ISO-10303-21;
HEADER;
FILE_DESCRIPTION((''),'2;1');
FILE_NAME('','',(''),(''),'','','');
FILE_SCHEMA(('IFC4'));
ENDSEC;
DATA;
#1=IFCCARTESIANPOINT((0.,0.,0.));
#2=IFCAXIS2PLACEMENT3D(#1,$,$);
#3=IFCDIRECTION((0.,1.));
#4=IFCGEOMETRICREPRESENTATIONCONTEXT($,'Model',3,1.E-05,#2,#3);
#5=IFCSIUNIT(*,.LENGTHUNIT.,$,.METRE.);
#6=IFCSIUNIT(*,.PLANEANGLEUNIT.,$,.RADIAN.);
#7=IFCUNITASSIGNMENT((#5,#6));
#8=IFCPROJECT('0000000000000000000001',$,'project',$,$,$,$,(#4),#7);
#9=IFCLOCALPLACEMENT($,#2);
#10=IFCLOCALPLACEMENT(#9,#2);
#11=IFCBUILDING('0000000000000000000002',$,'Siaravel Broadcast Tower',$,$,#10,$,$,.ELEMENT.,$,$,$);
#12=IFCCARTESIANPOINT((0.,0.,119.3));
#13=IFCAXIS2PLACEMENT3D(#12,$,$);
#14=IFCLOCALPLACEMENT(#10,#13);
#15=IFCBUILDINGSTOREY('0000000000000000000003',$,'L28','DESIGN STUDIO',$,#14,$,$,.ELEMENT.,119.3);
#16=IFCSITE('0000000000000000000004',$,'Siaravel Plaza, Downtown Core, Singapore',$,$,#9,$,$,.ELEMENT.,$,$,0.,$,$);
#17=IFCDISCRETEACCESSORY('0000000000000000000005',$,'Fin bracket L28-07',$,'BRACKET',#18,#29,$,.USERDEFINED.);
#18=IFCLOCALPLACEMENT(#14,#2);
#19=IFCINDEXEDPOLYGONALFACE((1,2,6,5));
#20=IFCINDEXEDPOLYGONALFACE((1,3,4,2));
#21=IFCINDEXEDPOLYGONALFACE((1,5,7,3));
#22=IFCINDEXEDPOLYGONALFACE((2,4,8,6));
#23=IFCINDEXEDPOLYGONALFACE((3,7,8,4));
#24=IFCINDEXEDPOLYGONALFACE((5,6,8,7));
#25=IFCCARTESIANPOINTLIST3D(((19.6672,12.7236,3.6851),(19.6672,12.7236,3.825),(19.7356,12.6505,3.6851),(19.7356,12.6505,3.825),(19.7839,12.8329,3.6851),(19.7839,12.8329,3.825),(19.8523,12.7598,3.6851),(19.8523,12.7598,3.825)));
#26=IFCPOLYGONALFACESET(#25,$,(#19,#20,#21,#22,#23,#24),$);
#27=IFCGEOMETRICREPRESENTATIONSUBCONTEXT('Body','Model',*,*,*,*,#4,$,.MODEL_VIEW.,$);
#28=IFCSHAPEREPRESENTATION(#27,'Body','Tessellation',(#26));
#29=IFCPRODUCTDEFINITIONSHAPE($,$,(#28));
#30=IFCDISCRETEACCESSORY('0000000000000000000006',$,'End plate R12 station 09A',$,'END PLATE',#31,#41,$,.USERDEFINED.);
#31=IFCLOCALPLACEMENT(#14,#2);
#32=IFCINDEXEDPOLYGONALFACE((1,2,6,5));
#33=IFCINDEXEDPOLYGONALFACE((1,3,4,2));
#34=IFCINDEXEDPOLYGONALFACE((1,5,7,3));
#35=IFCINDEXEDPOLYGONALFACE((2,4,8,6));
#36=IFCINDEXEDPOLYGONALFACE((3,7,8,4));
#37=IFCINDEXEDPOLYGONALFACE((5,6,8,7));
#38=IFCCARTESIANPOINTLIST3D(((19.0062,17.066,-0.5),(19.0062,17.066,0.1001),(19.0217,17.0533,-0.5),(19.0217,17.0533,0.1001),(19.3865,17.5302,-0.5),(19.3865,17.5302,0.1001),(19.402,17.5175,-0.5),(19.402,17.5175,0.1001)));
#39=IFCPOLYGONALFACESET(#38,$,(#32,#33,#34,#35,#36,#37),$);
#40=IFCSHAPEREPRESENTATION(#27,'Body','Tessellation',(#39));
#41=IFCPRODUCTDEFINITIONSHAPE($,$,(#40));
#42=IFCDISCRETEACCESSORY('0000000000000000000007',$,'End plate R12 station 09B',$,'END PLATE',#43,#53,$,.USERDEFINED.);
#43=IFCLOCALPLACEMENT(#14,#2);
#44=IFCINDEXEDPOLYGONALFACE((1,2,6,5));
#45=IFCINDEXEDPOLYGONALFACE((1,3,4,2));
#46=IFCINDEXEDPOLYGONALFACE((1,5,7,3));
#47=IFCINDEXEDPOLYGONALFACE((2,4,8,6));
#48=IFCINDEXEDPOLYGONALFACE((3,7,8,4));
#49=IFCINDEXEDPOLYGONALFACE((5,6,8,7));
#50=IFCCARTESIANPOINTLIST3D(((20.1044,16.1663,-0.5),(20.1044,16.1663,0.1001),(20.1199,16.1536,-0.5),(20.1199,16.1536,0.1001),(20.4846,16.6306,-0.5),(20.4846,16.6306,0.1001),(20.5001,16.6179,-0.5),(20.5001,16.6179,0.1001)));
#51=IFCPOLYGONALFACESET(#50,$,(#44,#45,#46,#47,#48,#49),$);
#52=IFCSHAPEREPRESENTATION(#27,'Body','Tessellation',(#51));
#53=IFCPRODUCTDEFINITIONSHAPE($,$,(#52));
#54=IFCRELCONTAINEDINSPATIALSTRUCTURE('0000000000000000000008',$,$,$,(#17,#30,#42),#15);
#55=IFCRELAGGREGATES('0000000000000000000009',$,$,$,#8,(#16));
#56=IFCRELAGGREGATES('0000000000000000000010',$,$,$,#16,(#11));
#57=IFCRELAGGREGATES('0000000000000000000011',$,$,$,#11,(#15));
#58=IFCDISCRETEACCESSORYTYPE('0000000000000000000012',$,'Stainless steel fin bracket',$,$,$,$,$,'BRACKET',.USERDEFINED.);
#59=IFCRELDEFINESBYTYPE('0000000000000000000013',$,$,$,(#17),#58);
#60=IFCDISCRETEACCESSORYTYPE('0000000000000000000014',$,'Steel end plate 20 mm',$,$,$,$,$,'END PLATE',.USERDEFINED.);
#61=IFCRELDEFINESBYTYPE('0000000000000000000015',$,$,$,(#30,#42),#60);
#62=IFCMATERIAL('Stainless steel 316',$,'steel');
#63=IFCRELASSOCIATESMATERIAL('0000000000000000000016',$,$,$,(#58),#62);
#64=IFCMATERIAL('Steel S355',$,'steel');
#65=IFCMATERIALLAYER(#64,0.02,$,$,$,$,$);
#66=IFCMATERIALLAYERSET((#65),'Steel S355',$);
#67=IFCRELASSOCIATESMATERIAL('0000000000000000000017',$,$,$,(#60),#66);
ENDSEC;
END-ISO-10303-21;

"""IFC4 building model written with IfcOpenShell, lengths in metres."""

from ifc_helpers import new_model, si_unit, direction, frame, origin, origin_2d, place, context, subcontext, project, spatial, rectangle, extrude, material, layer, layer_set, type_object, element, save


model = new_model("IFC4")

# Units and contexts
model_context = context("Model", 3, precision=1e-05, world=origin(), true_north=direction((0.0, 1.0)))
body_context = subcontext(model_context, "Body", "Model", "MODEL_VIEW")
ifc_project = project(units=[si_unit("LENGTHUNIT", "METRE"), si_unit("PLANEANGLEUNIT", "RADIAN")], contexts=[model_context])

# Site, building, storey
site_placement = place(None, origin())
site = spatial("IfcSite", under=ifc_project, at=site_placement, Name="Siaravel Plaza, Downtown Core, Singapore", CompositionType="ELEMENT", RefElevation=0.0)
building_placement = place(site_placement, origin())
building = spatial("IfcBuilding", under=site, at=building_placement, Name="Siaravel Broadcast Tower", CompositionType="ELEMENT")
storey_placement = place(building_placement, frame((0.0, 0.0, 119.3)))
storey = spatial("IfcBuildingStorey", under=building, at=storey_placement, Name="L28", Description="DESIGN STUDIO", CompositionType="ELEMENT", Elevation=119.3)

# Shared definitions
ifc_material_1 = material(Name="Steel S355", Category="steel")

# Discrete accessories
ifc_material_2 = material(Name="Stainless steel 316", Category="steel")
discrete_accessory_type_1 = type_object("IfcDiscreteAccessoryType", Name="Stainless steel fin bracket", ElementType="BRACKET", PredefinedType="USERDEFINED", material=ifc_material_2)
discrete_accessory_placement = place(storey_placement, frame((19.7598, 12.7417, 3.6851), z_axis=(0.0, 0.0, 1.0), x_axis=(0.729806, 0.683655, 0.0)))
element("IfcDiscreteAccessory", 1, at=discrete_accessory_placement, inside=storey, type_object=discrete_accessory_type_1, Name="Fin bracket L28-07", ObjectType="BRACKET", PredefinedType="USERDEFINED", context=body_context, shape_type="SweptSolid", body=[
    extrude(rectangle(XDim=0.1599, YDim=0.1001, at=origin_2d()), origin(), (0.0, 0.0, 1.0), 0.1399),
])
ifc_layer_1 = layer(ifc_material_1, 0.02)
ifc_layer_set_1 = layer_set([ifc_layer_1], Name="Steel S355")
discrete_accessory_type_2 = type_object("IfcDiscreteAccessoryType", Name="Steel end plate 20 mm", ElementType="END PLATE", PredefinedType="USERDEFINED", material=ifc_layer_set_1)
for number, where, z_axis, x_axis, name in (
    (2, (19.2041, 17.2917, -0.5), (0.0, 0.0, 1.0), (-0.773605, 0.633669, 0.0), "End plate R12 station 09A"),
    (3, (20.3022, 16.3921, -0.5), (0.0, 0.0, 1.0), (-0.773605, 0.633669, 0.0), "End plate R12 station 09B"),
):
    element("IfcDiscreteAccessory", number, at=place(storey_placement, frame(where, z_axis=z_axis, x_axis=x_axis)), inside=storey, type_object=discrete_accessory_type_2, Name=name, ObjectType="END PLATE", PredefinedType="USERDEFINED", context=body_context, shape_type="SweptSolid", body=[
        extrude(rectangle(XDim=0.02, YDim=0.6001, at=origin_2d()), origin(), (0.0, 0.0, 1.0), 0.6001),
    ])

save(model, "model.ifc")
